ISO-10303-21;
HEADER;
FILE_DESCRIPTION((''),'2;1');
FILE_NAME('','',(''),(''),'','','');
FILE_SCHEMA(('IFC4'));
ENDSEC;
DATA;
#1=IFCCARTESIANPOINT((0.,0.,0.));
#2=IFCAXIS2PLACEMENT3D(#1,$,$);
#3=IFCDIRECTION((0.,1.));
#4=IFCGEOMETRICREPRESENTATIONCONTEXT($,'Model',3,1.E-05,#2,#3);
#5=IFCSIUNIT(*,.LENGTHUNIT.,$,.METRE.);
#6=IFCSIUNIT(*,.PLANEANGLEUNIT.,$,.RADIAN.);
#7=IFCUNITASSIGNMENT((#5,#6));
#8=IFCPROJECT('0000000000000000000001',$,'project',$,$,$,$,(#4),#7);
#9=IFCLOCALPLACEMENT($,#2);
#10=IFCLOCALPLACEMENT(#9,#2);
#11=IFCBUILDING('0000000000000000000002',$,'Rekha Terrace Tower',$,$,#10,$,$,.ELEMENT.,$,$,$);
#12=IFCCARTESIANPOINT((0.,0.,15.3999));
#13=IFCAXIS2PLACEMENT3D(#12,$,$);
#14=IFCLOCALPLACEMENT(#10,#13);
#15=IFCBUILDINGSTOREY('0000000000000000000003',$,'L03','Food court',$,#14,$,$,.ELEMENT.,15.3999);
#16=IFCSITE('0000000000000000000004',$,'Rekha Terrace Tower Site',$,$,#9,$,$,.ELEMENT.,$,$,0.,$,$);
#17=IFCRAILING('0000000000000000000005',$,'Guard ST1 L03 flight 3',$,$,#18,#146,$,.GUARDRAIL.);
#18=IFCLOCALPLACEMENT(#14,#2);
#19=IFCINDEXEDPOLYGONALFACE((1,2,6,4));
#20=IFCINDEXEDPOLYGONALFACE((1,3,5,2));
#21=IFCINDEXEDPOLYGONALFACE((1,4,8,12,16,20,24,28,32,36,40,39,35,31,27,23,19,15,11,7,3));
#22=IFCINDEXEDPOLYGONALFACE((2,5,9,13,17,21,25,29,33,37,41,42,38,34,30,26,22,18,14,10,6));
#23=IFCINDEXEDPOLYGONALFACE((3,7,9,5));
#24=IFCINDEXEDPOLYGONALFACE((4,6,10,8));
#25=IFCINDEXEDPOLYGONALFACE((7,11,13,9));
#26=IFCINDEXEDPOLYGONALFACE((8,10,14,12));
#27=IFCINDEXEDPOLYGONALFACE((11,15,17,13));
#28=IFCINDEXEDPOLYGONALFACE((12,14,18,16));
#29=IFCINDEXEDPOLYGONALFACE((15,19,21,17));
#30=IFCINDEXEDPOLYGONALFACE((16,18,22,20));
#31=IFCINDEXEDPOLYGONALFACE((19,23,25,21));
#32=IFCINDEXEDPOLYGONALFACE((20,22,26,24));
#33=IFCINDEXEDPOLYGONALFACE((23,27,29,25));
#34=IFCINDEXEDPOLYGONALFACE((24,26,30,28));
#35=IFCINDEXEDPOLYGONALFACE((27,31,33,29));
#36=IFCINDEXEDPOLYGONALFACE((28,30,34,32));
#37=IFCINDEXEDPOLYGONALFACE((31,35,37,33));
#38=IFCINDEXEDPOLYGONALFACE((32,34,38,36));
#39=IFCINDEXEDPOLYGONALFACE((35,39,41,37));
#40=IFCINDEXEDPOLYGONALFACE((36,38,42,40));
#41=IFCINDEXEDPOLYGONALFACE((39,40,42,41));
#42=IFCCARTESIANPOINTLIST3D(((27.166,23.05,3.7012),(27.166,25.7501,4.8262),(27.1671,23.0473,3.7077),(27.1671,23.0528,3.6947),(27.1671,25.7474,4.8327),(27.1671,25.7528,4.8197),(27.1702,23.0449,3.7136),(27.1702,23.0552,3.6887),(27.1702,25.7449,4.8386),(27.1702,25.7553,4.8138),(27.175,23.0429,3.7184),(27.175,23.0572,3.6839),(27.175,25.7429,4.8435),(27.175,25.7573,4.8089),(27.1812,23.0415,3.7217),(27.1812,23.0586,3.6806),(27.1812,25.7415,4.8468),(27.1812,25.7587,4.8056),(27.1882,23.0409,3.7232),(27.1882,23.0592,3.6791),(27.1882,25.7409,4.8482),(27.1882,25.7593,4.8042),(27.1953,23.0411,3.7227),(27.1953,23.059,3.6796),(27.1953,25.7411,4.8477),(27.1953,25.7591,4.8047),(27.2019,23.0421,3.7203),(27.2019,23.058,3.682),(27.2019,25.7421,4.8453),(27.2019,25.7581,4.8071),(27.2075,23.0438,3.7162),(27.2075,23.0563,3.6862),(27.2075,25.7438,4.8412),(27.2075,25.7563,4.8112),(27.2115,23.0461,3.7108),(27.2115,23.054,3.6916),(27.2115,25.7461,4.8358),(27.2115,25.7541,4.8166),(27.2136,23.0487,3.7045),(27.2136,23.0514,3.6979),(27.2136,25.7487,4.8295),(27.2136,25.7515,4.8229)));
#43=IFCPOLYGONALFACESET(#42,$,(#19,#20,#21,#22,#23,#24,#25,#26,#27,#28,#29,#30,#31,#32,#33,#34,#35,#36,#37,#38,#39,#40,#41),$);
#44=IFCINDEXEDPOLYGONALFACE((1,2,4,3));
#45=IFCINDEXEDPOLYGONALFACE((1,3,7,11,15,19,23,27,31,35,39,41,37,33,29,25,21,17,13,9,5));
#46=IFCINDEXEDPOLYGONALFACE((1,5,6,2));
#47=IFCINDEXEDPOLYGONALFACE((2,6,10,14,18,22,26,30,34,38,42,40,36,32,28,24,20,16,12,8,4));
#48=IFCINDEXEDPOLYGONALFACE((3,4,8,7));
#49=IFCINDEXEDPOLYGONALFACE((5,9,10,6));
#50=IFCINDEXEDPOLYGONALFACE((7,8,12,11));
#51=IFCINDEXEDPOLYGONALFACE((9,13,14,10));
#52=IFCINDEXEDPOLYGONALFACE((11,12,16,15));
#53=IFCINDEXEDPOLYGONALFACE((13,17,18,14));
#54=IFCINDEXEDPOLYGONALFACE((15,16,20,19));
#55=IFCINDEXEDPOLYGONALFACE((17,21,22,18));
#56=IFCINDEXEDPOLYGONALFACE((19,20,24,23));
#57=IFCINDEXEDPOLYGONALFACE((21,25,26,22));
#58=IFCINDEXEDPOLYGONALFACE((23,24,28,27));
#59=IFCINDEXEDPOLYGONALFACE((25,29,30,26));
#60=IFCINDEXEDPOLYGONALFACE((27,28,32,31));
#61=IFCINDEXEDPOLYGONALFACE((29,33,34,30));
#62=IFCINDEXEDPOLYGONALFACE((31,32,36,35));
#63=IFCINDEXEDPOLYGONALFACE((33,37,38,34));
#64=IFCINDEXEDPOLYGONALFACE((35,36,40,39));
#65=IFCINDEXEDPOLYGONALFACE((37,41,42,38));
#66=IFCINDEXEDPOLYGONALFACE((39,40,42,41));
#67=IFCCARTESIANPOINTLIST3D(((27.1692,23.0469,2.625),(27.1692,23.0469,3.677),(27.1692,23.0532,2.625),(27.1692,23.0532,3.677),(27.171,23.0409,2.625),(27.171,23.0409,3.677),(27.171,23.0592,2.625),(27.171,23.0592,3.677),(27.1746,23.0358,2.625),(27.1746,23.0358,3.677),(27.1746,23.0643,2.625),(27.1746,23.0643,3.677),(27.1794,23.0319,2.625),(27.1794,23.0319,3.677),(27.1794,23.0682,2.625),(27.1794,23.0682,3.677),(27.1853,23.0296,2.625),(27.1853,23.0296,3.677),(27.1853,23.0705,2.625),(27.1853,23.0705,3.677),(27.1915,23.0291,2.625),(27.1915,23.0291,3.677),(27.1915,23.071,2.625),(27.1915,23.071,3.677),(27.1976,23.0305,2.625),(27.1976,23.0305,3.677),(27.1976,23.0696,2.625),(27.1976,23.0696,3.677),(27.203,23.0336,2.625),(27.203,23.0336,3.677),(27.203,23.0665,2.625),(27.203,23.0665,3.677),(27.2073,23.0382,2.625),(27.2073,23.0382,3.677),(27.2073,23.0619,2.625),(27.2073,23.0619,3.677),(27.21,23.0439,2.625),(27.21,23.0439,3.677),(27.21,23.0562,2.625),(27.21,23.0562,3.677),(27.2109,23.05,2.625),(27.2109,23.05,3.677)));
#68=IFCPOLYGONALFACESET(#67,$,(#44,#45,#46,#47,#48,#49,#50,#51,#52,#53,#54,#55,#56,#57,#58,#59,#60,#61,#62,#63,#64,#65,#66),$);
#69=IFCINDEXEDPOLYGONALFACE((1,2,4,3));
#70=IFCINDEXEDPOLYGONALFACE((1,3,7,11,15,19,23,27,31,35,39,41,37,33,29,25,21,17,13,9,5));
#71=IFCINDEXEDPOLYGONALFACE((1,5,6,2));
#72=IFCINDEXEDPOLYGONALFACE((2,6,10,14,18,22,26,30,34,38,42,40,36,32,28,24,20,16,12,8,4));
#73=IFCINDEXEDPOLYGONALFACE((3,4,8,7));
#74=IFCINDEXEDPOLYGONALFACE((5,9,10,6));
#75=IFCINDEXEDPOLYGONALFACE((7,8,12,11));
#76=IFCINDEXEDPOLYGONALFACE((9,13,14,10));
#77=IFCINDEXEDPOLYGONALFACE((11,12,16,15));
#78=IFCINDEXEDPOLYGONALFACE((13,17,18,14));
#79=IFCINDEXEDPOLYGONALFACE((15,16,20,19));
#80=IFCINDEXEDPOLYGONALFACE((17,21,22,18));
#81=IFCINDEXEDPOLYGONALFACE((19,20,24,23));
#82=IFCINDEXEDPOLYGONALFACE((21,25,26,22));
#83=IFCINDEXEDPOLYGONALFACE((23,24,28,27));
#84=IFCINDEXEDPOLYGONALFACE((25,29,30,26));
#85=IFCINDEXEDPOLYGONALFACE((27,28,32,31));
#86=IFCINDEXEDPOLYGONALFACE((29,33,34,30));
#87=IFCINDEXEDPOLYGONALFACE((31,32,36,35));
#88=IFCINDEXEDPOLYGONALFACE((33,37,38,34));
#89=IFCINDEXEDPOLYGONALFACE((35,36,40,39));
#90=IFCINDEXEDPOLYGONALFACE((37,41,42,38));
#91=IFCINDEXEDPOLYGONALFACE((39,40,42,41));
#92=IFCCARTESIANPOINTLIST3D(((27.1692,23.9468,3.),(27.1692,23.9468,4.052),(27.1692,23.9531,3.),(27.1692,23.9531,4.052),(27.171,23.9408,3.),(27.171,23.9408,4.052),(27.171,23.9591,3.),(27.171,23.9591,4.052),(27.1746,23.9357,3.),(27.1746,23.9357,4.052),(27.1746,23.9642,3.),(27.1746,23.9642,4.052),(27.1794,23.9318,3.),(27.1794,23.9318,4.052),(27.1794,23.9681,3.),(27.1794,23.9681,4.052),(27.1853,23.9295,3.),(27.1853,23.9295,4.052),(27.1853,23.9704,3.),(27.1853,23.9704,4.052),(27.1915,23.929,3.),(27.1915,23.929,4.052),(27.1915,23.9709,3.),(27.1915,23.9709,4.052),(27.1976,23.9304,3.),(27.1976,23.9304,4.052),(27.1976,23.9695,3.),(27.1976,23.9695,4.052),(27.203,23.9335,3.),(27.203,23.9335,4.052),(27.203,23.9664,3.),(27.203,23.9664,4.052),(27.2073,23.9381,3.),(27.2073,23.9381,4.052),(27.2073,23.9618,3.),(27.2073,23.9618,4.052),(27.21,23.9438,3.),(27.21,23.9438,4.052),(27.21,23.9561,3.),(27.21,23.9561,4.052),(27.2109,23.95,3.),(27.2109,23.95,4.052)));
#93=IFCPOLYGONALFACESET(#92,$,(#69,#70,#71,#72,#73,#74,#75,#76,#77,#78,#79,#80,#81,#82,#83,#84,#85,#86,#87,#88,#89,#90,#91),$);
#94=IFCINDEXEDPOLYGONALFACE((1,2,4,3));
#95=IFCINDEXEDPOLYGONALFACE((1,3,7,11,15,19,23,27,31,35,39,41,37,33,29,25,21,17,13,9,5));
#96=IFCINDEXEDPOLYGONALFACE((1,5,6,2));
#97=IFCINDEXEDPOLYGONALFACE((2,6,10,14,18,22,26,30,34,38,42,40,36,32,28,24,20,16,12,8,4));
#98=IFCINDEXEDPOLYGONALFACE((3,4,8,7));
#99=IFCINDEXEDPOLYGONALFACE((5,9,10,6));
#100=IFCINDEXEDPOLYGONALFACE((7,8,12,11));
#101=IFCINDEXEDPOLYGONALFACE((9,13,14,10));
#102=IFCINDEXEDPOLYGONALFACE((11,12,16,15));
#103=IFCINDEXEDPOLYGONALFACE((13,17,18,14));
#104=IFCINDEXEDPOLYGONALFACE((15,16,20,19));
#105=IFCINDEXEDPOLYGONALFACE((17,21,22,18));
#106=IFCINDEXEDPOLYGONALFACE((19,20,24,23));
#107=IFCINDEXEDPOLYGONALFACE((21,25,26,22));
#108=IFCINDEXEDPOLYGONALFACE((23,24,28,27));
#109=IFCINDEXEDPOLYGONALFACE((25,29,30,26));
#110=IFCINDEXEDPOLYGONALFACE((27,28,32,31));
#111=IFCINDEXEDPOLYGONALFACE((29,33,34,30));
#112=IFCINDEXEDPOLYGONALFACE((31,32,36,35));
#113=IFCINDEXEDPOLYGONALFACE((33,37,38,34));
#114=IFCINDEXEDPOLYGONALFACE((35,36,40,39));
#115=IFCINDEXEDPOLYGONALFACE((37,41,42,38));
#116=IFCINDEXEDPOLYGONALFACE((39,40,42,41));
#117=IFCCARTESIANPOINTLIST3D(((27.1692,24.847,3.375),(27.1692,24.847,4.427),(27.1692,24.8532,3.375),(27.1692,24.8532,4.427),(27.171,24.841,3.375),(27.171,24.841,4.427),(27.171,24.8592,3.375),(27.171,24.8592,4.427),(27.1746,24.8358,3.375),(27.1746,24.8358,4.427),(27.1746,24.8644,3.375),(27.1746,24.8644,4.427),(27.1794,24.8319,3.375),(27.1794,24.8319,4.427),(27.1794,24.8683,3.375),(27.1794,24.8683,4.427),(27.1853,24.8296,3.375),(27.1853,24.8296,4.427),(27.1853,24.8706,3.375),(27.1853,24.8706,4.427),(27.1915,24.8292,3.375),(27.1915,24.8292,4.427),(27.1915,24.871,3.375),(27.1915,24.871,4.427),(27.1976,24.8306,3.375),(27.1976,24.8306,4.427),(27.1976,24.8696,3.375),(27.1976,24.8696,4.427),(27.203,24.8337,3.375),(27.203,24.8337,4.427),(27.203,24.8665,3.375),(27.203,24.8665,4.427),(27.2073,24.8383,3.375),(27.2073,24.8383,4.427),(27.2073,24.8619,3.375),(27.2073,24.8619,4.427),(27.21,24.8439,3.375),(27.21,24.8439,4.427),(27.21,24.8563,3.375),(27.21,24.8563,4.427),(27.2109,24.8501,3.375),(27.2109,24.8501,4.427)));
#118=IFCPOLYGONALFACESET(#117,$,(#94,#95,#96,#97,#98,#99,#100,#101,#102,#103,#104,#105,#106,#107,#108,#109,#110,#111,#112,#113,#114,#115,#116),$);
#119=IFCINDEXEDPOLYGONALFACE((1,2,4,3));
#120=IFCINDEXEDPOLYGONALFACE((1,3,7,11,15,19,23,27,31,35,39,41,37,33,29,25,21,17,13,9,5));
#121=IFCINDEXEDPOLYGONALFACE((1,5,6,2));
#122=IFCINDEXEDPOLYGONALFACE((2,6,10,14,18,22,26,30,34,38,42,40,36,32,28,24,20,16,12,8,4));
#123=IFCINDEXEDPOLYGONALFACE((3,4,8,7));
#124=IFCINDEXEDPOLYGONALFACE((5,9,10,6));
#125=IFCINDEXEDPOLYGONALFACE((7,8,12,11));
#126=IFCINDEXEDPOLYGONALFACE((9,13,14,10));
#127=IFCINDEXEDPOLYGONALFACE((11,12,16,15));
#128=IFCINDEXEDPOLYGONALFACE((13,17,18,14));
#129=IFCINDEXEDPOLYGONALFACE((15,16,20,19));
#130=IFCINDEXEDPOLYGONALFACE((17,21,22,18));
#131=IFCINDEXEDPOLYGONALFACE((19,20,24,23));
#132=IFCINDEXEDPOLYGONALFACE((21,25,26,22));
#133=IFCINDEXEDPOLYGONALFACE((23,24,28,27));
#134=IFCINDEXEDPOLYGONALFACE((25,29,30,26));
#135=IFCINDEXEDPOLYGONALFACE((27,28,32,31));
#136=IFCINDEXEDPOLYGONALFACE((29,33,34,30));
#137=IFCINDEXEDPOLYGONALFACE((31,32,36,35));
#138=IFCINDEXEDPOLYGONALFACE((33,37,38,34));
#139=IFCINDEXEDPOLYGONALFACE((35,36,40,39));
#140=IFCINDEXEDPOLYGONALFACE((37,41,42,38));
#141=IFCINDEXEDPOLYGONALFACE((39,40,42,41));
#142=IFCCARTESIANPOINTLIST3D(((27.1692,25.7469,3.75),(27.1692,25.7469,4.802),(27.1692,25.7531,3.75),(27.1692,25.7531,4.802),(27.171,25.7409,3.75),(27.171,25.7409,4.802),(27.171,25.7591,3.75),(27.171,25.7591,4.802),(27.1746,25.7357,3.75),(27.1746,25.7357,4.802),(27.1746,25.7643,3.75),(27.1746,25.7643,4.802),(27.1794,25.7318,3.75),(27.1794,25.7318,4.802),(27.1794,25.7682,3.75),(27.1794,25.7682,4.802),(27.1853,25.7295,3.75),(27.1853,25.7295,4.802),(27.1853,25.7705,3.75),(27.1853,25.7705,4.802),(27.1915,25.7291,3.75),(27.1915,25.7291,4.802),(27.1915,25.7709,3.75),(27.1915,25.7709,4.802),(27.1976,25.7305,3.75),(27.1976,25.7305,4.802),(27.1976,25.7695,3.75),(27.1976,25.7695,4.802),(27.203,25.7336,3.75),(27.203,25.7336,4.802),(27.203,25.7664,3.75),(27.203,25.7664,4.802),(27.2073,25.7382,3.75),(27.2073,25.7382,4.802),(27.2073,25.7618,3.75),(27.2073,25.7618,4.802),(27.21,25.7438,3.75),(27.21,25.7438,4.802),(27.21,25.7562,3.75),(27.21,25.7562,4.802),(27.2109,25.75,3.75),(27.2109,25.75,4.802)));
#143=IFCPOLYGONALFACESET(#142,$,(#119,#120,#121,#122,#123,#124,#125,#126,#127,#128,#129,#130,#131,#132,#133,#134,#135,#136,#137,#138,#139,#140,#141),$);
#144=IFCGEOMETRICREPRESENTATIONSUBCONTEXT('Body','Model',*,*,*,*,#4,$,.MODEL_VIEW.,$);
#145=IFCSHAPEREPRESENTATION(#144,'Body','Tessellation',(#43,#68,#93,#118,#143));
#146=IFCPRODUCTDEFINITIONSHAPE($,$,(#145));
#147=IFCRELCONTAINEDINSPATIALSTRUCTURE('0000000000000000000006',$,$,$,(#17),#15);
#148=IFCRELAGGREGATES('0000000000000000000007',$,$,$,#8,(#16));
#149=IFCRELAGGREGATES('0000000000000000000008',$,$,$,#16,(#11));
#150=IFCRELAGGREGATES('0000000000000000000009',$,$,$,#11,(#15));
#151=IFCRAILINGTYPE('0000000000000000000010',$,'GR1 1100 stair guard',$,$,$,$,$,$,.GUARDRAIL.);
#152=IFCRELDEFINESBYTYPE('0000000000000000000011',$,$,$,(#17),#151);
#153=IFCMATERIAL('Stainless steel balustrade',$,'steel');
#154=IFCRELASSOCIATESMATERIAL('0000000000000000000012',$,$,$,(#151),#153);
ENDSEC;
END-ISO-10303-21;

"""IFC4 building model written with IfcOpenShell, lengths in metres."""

from ifc_helpers import new_model, si_unit, direction, frame, origin, origin_2d, place, context, subcontext, project, spatial, circle, extrude, material, type_object, element, save


model = new_model("IFC4")

# Units and contexts
model_context = context("Model", 3, precision=1e-05, world=origin(), true_north=direction((0.0, 1.0)))
body_context = subcontext(model_context, "Body", "Model", "MODEL_VIEW")
ifc_project = project(units=[si_unit("LENGTHUNIT", "METRE"), si_unit("PLANEANGLEUNIT", "RADIAN")], contexts=[model_context])

# Site, building, storey
site_placement = place(None, origin())
site = spatial("IfcSite", under=ifc_project, at=site_placement, Name="Rekha Terrace Tower Site", CompositionType="ELEMENT", RefElevation=0.0)
building_placement = place(site_placement, origin())
building = spatial("IfcBuilding", under=site, at=building_placement, Name="Rekha Terrace Tower", CompositionType="ELEMENT")
storey_placement = place(building_placement, frame((0.0, 0.0, 15.3999)))
storey = spatial("IfcBuildingStorey", under=building, at=storey_placement, Name="L03", Description="Food court", CompositionType="ELEMENT", Elevation=15.3999)

# Railing
ifc_material_1 = material(Name="Stainless steel balustrade", Category="steel")
railing_type_1 = type_object("IfcRailingType", Name="GR1 1100 stair guard", PredefinedType="GUARDRAIL", material=ifc_material_1)
railing_1_placement = place(storey_placement, frame((27.1899, 23.05, 2.625)))
element("IfcRailing", 1, at=railing_1_placement, inside=storey, type_object=railing_type_1, Name="Guard ST1 L03 flight 3", PredefinedType="GUARDRAIL", context=body_context, shape_type="SweptSolid", body=[
    extrude(circle(Radius=0.0239, at=origin_2d()), frame((0.0, 0.0, 1.0762), z_axis=(0.0, 0.923074, 0.384621), x_axis=(-1.0, 0.0, 0.0)), (0.0, 0.0, 1.0), 2.925),
    extrude(circle(Radius=0.021, at=origin_2d()), origin(), (0.0, 0.0, 1.0), 1.052),
    extrude(circle(Radius=0.021, at=origin_2d()), frame((0.0, 0.8999, 0.375)), (0.0, 0.0, 1.0), 1.052),
    extrude(circle(Radius=0.021, at=origin_2d()), frame((0.0, 1.8, 0.75)), (0.0, 0.0, 1.0), 1.052),
    extrude(circle(Radius=0.021, at=origin_2d()), frame((0.0, 2.7, 1.125)), (0.0, 0.0, 1.0), 1.052),
])

save(model, "model.ifc")
